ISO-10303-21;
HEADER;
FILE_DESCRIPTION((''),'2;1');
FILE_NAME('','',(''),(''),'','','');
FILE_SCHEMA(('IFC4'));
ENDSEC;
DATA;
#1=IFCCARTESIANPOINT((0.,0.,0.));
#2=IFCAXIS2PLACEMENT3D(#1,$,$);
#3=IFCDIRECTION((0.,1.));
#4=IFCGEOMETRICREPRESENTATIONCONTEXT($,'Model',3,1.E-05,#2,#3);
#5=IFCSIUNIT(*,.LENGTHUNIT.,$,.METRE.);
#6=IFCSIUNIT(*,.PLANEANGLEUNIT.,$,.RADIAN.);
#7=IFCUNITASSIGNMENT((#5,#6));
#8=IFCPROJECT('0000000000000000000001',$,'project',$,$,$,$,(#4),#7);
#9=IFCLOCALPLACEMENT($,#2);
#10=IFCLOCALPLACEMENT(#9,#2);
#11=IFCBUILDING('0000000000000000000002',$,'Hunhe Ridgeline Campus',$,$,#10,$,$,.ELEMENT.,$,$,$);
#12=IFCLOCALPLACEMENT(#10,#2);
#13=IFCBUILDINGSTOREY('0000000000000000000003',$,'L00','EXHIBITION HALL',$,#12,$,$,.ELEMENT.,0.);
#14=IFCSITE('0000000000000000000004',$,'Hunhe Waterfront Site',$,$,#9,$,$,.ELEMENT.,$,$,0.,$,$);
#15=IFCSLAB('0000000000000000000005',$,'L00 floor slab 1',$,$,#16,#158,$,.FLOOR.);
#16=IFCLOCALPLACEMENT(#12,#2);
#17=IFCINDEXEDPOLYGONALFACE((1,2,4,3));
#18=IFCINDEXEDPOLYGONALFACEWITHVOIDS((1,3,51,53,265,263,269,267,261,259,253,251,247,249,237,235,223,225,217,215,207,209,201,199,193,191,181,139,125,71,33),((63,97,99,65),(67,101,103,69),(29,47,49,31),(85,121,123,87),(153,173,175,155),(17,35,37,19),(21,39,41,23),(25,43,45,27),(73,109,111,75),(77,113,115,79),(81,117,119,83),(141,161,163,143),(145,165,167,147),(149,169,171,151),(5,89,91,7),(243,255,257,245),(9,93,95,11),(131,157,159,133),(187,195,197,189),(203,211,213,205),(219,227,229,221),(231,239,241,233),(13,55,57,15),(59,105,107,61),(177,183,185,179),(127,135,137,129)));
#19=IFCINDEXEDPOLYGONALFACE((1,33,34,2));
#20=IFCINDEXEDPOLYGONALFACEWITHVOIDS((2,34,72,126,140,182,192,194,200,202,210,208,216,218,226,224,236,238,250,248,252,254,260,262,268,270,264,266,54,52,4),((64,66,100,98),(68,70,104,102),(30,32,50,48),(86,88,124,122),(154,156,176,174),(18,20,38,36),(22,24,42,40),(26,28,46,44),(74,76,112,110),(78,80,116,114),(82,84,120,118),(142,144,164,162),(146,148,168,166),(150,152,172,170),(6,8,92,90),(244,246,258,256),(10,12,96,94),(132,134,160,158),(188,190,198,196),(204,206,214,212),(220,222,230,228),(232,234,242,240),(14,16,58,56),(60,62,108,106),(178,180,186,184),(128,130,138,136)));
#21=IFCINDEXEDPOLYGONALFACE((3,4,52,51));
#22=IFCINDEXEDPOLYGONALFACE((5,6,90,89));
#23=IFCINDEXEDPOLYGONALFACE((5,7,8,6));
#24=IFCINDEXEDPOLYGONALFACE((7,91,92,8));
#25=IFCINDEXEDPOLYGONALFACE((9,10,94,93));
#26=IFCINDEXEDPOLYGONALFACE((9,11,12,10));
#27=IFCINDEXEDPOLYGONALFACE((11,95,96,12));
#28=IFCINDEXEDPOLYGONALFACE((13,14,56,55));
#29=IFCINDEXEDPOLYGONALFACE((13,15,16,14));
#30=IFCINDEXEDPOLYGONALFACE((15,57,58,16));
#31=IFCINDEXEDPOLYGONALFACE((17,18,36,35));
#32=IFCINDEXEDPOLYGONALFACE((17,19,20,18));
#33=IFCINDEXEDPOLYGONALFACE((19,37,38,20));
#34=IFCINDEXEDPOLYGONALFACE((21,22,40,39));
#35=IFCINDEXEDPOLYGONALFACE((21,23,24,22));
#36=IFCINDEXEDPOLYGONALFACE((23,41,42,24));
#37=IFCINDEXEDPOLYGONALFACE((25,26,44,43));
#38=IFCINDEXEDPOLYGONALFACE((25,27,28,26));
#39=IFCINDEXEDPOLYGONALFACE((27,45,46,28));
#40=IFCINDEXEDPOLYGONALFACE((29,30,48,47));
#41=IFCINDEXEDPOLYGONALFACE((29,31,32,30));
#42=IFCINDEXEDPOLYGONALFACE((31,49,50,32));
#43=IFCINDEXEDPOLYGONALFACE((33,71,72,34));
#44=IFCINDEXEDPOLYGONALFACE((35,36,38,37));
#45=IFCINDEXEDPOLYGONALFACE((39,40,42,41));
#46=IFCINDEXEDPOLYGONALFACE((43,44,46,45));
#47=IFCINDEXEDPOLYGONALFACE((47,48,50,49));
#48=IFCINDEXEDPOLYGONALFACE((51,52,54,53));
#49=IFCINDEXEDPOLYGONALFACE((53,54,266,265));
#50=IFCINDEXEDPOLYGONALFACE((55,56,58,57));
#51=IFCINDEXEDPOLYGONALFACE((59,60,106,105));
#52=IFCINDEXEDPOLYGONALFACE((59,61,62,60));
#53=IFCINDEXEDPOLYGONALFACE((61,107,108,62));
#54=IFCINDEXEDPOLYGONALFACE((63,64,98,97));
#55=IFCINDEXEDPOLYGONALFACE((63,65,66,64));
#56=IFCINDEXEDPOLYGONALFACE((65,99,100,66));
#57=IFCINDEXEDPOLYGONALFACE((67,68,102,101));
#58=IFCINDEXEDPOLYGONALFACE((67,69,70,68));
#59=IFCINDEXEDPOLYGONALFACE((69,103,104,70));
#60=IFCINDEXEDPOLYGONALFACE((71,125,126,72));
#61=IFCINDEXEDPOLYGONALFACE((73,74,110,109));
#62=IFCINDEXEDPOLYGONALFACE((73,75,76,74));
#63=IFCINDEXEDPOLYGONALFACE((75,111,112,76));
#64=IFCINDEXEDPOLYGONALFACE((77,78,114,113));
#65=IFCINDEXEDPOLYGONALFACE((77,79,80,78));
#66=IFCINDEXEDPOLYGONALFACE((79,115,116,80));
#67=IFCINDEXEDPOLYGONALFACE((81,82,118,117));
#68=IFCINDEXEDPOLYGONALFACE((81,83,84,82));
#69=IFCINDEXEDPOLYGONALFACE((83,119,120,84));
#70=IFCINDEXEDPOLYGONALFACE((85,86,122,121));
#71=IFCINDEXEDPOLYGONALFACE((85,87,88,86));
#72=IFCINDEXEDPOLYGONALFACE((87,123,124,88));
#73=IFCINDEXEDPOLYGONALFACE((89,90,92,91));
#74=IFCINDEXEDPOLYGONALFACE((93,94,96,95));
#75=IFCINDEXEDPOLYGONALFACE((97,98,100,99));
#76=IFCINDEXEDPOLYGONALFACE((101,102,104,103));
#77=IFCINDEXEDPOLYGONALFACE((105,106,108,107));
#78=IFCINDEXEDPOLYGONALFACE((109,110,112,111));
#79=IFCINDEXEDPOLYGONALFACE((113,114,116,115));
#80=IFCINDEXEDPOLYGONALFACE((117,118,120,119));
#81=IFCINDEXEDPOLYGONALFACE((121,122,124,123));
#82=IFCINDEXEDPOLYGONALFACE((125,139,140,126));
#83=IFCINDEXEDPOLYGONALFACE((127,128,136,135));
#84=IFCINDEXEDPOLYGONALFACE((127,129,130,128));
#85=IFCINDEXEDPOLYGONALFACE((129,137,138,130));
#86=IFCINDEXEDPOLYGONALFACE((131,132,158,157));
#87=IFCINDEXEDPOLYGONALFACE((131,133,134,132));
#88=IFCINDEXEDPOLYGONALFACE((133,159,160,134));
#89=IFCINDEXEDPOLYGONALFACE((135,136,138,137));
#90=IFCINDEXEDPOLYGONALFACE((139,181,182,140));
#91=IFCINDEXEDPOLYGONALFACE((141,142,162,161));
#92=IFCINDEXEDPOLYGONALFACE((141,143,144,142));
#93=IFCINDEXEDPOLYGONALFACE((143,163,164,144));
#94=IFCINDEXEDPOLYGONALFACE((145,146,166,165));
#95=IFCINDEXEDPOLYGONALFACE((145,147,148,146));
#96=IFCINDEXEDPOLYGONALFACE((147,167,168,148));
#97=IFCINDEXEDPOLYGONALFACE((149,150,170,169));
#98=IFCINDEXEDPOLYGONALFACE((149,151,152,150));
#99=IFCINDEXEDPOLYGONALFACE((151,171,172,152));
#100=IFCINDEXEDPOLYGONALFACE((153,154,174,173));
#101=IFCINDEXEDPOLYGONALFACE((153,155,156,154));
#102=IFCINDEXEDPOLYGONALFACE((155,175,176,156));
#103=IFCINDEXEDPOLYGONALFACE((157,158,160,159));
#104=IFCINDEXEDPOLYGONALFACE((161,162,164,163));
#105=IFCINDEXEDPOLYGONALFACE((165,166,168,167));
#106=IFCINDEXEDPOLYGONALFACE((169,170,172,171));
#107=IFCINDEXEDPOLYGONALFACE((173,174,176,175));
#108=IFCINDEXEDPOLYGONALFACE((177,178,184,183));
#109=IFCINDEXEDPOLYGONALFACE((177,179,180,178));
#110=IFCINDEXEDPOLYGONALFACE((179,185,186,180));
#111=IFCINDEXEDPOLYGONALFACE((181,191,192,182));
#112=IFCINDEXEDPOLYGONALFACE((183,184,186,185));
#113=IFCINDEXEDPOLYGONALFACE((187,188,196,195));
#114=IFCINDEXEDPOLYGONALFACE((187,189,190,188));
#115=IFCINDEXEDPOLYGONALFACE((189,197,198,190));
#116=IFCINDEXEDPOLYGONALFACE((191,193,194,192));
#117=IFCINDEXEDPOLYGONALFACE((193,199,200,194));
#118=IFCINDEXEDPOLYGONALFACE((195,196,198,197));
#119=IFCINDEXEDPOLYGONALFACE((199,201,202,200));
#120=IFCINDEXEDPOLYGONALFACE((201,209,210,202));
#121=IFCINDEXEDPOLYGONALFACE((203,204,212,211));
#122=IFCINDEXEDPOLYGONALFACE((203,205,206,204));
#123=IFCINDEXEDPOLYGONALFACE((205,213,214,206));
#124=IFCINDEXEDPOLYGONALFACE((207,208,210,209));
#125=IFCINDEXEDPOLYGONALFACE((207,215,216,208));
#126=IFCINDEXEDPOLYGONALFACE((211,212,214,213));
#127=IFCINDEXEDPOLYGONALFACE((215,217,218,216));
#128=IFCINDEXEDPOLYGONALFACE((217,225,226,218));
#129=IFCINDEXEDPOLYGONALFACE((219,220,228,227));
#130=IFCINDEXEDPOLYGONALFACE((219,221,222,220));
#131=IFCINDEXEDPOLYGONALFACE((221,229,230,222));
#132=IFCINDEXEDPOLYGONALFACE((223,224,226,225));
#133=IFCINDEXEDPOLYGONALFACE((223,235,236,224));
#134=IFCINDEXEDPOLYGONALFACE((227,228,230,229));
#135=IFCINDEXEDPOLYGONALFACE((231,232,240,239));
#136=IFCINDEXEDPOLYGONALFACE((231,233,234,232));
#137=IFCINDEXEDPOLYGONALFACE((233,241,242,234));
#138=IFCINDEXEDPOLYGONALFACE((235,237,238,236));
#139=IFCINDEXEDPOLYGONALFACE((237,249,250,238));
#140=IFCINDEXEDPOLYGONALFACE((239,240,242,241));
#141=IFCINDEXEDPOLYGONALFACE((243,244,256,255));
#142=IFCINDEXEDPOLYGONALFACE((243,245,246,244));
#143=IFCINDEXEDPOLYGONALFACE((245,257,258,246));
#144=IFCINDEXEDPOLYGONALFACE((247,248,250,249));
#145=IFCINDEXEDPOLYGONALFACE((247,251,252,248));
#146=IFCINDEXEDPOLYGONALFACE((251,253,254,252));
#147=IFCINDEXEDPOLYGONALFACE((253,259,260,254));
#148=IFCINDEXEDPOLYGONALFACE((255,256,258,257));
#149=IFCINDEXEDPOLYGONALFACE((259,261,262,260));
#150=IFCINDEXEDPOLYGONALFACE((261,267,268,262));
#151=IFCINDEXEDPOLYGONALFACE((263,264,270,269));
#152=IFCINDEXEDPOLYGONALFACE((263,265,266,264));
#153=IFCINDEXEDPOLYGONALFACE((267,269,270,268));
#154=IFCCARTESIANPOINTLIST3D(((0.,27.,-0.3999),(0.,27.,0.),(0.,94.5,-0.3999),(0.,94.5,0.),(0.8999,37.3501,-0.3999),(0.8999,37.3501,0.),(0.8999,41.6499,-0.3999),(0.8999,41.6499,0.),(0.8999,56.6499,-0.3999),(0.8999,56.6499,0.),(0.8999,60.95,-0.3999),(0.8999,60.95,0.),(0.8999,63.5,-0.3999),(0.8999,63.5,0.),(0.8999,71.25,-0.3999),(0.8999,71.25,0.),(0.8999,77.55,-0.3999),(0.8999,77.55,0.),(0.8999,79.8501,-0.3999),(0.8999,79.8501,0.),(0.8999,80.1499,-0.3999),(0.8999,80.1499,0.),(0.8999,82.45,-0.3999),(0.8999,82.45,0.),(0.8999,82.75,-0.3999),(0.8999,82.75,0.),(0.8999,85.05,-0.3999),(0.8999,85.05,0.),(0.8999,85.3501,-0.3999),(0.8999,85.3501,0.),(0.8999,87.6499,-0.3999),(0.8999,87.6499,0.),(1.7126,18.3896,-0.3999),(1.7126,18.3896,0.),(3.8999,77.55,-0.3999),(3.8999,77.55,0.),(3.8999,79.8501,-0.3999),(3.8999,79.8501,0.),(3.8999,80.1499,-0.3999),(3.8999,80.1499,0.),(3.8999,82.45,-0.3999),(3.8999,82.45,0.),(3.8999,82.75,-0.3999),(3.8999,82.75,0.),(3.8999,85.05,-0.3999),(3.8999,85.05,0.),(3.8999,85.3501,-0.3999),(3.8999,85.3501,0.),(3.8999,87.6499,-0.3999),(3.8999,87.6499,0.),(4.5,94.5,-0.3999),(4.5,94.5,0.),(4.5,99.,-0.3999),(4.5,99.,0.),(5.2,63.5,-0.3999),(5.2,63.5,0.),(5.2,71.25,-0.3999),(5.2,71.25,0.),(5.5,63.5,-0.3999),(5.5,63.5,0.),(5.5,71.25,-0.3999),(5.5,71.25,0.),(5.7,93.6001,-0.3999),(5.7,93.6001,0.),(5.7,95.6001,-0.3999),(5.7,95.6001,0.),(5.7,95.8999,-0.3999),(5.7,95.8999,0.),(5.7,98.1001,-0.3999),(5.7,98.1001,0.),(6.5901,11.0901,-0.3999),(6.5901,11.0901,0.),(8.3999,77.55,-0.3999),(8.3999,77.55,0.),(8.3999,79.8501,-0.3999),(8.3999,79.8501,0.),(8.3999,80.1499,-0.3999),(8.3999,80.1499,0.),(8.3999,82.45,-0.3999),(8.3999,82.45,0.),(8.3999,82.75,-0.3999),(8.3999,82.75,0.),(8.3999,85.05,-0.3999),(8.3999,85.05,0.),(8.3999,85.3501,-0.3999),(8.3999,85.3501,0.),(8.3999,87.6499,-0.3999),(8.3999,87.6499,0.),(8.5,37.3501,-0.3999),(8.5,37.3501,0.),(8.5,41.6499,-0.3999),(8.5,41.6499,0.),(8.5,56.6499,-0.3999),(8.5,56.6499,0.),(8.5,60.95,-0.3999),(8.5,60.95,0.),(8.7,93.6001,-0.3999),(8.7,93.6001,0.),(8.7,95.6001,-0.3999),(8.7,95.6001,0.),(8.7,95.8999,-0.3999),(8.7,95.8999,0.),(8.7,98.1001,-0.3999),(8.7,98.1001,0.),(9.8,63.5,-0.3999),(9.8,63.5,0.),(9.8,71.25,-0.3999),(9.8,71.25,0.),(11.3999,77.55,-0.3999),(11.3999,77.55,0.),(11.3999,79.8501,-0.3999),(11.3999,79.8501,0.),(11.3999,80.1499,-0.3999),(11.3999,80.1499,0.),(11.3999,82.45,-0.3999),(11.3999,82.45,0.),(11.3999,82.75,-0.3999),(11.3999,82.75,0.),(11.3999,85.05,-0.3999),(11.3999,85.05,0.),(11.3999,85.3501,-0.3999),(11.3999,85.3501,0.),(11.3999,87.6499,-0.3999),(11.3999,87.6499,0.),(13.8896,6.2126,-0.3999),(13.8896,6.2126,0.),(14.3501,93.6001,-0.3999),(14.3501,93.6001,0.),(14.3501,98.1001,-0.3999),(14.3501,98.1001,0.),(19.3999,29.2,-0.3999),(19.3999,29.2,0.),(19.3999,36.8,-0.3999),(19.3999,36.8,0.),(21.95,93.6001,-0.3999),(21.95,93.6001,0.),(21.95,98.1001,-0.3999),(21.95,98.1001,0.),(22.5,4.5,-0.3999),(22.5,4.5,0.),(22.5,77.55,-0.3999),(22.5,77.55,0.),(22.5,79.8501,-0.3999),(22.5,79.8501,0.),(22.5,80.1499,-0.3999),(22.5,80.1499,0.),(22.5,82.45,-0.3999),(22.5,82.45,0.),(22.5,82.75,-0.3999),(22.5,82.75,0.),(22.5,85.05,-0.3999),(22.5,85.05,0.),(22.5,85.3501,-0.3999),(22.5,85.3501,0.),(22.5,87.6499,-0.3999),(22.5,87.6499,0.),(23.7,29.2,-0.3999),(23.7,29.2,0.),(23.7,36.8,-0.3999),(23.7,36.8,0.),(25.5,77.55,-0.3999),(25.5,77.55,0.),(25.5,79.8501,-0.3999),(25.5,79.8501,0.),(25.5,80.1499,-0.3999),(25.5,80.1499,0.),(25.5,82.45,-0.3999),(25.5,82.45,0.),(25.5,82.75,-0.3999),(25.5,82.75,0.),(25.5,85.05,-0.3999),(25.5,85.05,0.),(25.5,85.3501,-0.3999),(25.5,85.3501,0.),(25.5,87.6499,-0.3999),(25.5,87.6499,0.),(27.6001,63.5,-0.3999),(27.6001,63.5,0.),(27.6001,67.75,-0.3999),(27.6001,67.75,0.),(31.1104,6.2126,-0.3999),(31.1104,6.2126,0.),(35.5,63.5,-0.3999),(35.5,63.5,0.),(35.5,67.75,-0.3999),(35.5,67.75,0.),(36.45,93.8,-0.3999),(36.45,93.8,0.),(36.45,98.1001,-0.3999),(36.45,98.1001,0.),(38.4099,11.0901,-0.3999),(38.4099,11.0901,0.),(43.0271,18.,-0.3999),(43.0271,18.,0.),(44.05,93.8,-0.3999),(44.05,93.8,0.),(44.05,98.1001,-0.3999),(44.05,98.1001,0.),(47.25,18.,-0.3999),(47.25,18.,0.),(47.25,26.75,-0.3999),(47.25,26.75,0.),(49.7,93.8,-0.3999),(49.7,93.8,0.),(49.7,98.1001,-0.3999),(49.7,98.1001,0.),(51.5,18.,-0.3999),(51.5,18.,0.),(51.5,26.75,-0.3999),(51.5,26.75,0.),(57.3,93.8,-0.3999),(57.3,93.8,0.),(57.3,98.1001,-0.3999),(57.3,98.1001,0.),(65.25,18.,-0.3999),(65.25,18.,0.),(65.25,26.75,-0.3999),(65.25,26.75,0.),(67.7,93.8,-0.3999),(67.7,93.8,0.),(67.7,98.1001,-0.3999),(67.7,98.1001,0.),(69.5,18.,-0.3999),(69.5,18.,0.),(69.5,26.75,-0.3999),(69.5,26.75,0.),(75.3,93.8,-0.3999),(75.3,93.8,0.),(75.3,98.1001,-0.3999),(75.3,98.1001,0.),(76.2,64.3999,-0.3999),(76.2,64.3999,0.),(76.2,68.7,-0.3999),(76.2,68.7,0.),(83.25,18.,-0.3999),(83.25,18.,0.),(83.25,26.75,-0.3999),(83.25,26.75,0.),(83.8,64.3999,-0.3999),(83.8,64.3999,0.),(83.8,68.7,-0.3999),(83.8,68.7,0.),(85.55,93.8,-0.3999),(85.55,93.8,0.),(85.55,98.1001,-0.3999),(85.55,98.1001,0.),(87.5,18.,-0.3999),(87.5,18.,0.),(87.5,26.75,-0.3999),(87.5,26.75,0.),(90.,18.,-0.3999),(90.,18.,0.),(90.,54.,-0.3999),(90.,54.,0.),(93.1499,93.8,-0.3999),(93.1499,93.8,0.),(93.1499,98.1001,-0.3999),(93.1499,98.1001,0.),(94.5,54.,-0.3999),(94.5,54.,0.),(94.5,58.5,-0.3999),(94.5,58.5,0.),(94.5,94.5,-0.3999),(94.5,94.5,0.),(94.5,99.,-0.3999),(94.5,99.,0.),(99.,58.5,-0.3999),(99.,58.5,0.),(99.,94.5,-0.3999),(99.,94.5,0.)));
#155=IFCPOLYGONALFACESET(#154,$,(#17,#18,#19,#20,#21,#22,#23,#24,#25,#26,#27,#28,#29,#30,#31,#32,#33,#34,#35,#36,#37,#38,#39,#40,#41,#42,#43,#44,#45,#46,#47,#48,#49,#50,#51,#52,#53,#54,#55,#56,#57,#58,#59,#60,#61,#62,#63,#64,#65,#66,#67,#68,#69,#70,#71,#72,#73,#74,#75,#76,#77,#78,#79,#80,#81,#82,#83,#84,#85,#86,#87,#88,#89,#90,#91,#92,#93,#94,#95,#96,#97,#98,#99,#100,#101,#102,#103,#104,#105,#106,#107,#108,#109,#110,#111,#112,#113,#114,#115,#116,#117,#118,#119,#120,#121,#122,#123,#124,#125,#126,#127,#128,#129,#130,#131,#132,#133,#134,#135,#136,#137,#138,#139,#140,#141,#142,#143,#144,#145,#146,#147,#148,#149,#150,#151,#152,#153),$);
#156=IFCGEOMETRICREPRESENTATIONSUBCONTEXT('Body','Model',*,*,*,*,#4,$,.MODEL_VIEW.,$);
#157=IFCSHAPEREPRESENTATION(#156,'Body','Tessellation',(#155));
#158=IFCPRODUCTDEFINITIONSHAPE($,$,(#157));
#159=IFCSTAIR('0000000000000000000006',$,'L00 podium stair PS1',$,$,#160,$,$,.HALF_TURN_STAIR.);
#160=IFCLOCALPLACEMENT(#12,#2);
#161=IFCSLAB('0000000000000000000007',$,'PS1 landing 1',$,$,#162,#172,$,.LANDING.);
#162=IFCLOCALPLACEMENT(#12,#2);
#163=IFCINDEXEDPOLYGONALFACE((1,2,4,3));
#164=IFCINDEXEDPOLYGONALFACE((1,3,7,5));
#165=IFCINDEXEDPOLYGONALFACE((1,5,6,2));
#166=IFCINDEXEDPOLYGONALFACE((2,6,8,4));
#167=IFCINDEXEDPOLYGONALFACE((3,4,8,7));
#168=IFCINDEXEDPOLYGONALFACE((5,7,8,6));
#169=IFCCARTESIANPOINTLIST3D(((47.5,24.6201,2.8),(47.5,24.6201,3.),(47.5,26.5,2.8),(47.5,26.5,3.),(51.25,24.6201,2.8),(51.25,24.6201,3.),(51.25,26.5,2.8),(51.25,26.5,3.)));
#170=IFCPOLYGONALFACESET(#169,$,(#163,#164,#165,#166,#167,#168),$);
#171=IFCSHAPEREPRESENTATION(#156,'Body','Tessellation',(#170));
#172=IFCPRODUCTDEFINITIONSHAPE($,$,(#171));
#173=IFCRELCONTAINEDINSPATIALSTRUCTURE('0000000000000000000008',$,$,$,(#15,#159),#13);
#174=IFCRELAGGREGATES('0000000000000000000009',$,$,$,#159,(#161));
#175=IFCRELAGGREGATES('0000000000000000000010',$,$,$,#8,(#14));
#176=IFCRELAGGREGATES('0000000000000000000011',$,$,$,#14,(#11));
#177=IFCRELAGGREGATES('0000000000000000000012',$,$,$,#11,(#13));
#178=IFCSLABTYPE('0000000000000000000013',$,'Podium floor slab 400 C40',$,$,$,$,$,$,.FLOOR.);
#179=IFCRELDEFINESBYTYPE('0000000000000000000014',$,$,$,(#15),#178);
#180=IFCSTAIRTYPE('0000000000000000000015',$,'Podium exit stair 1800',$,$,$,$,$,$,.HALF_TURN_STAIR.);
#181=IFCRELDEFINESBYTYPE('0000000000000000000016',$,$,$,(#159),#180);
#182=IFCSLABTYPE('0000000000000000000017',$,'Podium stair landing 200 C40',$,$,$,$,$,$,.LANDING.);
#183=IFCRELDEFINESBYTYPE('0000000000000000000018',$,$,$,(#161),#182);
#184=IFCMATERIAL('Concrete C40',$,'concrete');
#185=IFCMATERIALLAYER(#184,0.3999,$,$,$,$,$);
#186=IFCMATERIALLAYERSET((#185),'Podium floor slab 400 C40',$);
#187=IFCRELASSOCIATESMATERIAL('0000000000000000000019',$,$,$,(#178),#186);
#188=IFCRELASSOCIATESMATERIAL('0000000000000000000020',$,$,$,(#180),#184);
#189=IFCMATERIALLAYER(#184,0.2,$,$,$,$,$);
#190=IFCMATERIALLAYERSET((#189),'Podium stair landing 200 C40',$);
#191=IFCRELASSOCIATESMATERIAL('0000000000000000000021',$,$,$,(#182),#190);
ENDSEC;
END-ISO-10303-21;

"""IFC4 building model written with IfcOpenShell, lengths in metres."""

from ifc_helpers import new_model, si_unit, direction, frame, origin, place, context, subcontext, project, spatial, polyline, outline, extrude, material, layer, layer_set, type_object, element, aggregate, save


model = new_model("IFC4")

# Units and contexts
model_context = context("Model", 3, precision=1e-05, world=origin(), true_north=direction((0.0, 1.0)))
body_context = subcontext(model_context, "Body", "Model", "MODEL_VIEW")
ifc_project = project(units=[si_unit("LENGTHUNIT", "METRE"), si_unit("PLANEANGLEUNIT", "RADIAN")], contexts=[model_context])

# Site, building, storey
site_placement = place(None, origin())
site = spatial("IfcSite", under=ifc_project, at=site_placement, Name="Hunhe Waterfront Site", CompositionType="ELEMENT", RefElevation=0.0)
building_placement = place(site_placement, origin())
building = spatial("IfcBuilding", under=site, at=building_placement, Name="Hunhe Ridgeline Campus", CompositionType="ELEMENT")
storey_placement = place(building_placement, origin())
storey = spatial("IfcBuildingStorey", under=building, at=storey_placement, Name="L00", Description="EXHIBITION HALL", CompositionType="ELEMENT", Elevation=0.0)

# Slab
ifc_material = material(Name="Concrete C40", Category="concrete")
ifc_layer_1 = layer(ifc_material, 0.3999)
ifc_layer_set_1 = layer_set([ifc_layer_1], Name="Podium floor slab 400 C40")
slab_type_1 = type_object("IfcSlabType", Name="Podium floor slab 400 C40", PredefinedType="FLOOR", material=ifc_layer_set_1)
slab_1_placement = place(storey_placement, frame((0.0, 0.0, -0.3999)))
element("IfcSlab", 1, at=slab_1_placement, inside=storey, type_object=slab_type_1, Name="L00 floor slab 1", PredefinedType="FLOOR", context=body_context, shape_type="SweptSolid", body=[
    extrude(outline(polyline([(90.0, 18.0), (90.0, 54.0), (94.5, 54.0), (94.5, 58.5), (99.0, 58.5), (99.0, 94.5), (94.5, 94.5), (94.5, 99.0), (4.5, 99.0), (4.5, 94.5), (0.0, 94.5), (0.0, 27.0), (1.7126, 18.3896), (6.5901, 11.0901), (13.8896, 6.2126), (22.5, 4.5), (31.1104, 6.2126), (38.4099, 11.0901), (43.0271, 18.0), (47.25, 18.0), (47.25, 26.75), (51.5, 26.75), (51.5, 18.0), (65.25, 18.0), (65.25, 26.75), (69.5, 26.75), (69.5, 18.0), (83.25, 18.0), (83.25, 26.75), (87.5, 26.75), (87.5, 18.0), (90.0, 18.0)]), holes=[polyline([(0.8999, 41.6499), (0.8999, 37.3501), (8.5, 37.3501), (8.5, 41.6499), (0.8999, 41.6499)]), polyline([(8.5, 60.95), (0.8999, 60.95), (0.8999, 56.6499), (8.5, 56.6499), (8.5, 60.95)]), polyline([(5.2, 63.5), (5.2, 71.25), (0.8999, 71.25), (0.8999, 63.5), (5.2, 63.5)]), polyline([(9.8, 63.5), (9.8, 71.25), (5.5, 71.25), (5.5, 63.5), (9.8, 63.5)]), polyline([(0.8999, 77.55), (3.8999, 77.55), (3.8999, 79.8501), (0.8999, 79.8501), (0.8999, 77.55)]), polyline([(8.3999, 77.55), (11.3999, 77.55), (11.3999, 79.8501), (8.3999, 79.8501), (8.3999, 77.55)]), polyline([(0.8999, 80.1499), (3.8999, 80.1499), (3.8999, 82.45), (0.8999, 82.45), (0.8999, 80.1499)]), polyline([(11.3999, 80.1499), (11.3999, 82.45), (8.3999, 82.45), (8.3999, 80.1499), (11.3999, 80.1499)]), polyline([(0.8999, 82.75), (3.8999, 82.75), (3.8999, 85.05), (0.8999, 85.05), (0.8999, 82.75)]), polyline([(8.3999, 82.75), (11.3999, 82.75), (11.3999, 85.05), (8.3999, 85.05), (8.3999, 82.75)]), polyline([(0.8999, 85.3501), (3.8999, 85.3501), (3.8999, 87.6499), (0.8999, 87.6499), (0.8999, 85.3501)]), polyline([(8.3999, 85.3501), (11.3999, 85.3501), (11.3999, 87.6499), (8.3999, 87.6499), (8.3999, 85.3501)]), polyline([(5.7, 93.6001), (8.7, 93.6001), (8.7, 95.6001), (5.7, 95.6001), (5.7, 93.6001)]), polyline([(14.3501, 93.6001), (21.95, 93.6001), (21.95, 98.1001), (14.3501, 98.1001), (14.3501, 93.6001)]), polyline([(8.7, 95.8999), (8.7, 98.1001), (5.7, 98.1001), (5.7, 95.8999), (8.7, 95.8999)]), polyline([(23.7, 29.2), (23.7, 36.8), (19.3999, 36.8), (19.3999, 29.2), (23.7, 29.2)]), polyline([(35.5, 67.75), (27.6001, 67.75), (27.6001, 63.5), (35.5, 63.5), (35.5, 67.75)]), polyline([(76.2, 64.3999), (83.8, 64.3999), (83.8, 68.7), (76.2, 68.7), (76.2, 64.3999)]), polyline([(22.5, 77.55), (25.5, 77.55), (25.5, 79.8501), (22.5, 79.8501), (22.5, 77.55)]), polyline([(22.5, 80.1499), (25.5, 80.1499), (25.5, 82.45), (22.5, 82.45), (22.5, 80.1499)]), polyline([(22.5, 82.75), (25.5, 82.75), (25.5, 85.05), (22.5, 85.05), (22.5, 82.75)]), polyline([(22.5, 85.3501), (25.5, 85.3501), (25.5, 87.6499), (22.5, 87.6499), (22.5, 85.3501)]), polyline([(36.45, 93.8), (44.05, 93.8), (44.05, 98.1001), (36.45, 98.1001), (36.45, 93.8)]), polyline([(49.7, 93.8), (57.3, 93.8), (57.3, 98.1001), (49.7, 98.1001), (49.7, 93.8)]), polyline([(67.7, 93.8), (75.3, 93.8), (75.3, 98.1001), (67.7, 98.1001), (67.7, 93.8)]), polyline([(85.55, 93.8), (93.1499, 93.8), (93.1499, 98.1001), (85.55, 98.1001), (85.55, 93.8)])]), origin(), (0.0, 0.0, 1.0), 0.3999),
])

# Stair, slab
stair_type_1 = type_object("IfcStairType", Name="Podium exit stair 1800", PredefinedType="HALF_TURN_STAIR", material=ifc_material)
stair_1_placement = place(storey_placement, origin())
stair_1 = element("IfcStair", 2, at=stair_1_placement, inside=storey, type_object=stair_type_1, Name="L00 podium stair PS1", PredefinedType="HALF_TURN_STAIR")
ifc_layer_2 = layer(ifc_material, 0.2)
ifc_layer_set_2 = layer_set([ifc_layer_2], Name="Podium stair landing 200 C40")
slab_type_2 = type_object("IfcSlabType", Name="Podium stair landing 200 C40", PredefinedType="LANDING", material=ifc_layer_set_2)
slab_2_placement = place(storey_placement, frame((0.0, 0.0, 2.8)))
slab_2 = element("IfcSlab", 3, at=slab_2_placement, type_object=slab_type_2, Name="PS1 landing 1", PredefinedType="LANDING", context=body_context, shape_type="SweptSolid", body=[
    extrude(outline(polyline([(51.25, 24.6201), (51.25, 26.5), (47.5, 26.5), (47.5, 24.6201), (51.25, 24.6201)])), origin(), (0.0, 0.0, 1.0), 0.2),
])
aggregate(stair_1, [slab_2])

save(model, "model.ifc")
